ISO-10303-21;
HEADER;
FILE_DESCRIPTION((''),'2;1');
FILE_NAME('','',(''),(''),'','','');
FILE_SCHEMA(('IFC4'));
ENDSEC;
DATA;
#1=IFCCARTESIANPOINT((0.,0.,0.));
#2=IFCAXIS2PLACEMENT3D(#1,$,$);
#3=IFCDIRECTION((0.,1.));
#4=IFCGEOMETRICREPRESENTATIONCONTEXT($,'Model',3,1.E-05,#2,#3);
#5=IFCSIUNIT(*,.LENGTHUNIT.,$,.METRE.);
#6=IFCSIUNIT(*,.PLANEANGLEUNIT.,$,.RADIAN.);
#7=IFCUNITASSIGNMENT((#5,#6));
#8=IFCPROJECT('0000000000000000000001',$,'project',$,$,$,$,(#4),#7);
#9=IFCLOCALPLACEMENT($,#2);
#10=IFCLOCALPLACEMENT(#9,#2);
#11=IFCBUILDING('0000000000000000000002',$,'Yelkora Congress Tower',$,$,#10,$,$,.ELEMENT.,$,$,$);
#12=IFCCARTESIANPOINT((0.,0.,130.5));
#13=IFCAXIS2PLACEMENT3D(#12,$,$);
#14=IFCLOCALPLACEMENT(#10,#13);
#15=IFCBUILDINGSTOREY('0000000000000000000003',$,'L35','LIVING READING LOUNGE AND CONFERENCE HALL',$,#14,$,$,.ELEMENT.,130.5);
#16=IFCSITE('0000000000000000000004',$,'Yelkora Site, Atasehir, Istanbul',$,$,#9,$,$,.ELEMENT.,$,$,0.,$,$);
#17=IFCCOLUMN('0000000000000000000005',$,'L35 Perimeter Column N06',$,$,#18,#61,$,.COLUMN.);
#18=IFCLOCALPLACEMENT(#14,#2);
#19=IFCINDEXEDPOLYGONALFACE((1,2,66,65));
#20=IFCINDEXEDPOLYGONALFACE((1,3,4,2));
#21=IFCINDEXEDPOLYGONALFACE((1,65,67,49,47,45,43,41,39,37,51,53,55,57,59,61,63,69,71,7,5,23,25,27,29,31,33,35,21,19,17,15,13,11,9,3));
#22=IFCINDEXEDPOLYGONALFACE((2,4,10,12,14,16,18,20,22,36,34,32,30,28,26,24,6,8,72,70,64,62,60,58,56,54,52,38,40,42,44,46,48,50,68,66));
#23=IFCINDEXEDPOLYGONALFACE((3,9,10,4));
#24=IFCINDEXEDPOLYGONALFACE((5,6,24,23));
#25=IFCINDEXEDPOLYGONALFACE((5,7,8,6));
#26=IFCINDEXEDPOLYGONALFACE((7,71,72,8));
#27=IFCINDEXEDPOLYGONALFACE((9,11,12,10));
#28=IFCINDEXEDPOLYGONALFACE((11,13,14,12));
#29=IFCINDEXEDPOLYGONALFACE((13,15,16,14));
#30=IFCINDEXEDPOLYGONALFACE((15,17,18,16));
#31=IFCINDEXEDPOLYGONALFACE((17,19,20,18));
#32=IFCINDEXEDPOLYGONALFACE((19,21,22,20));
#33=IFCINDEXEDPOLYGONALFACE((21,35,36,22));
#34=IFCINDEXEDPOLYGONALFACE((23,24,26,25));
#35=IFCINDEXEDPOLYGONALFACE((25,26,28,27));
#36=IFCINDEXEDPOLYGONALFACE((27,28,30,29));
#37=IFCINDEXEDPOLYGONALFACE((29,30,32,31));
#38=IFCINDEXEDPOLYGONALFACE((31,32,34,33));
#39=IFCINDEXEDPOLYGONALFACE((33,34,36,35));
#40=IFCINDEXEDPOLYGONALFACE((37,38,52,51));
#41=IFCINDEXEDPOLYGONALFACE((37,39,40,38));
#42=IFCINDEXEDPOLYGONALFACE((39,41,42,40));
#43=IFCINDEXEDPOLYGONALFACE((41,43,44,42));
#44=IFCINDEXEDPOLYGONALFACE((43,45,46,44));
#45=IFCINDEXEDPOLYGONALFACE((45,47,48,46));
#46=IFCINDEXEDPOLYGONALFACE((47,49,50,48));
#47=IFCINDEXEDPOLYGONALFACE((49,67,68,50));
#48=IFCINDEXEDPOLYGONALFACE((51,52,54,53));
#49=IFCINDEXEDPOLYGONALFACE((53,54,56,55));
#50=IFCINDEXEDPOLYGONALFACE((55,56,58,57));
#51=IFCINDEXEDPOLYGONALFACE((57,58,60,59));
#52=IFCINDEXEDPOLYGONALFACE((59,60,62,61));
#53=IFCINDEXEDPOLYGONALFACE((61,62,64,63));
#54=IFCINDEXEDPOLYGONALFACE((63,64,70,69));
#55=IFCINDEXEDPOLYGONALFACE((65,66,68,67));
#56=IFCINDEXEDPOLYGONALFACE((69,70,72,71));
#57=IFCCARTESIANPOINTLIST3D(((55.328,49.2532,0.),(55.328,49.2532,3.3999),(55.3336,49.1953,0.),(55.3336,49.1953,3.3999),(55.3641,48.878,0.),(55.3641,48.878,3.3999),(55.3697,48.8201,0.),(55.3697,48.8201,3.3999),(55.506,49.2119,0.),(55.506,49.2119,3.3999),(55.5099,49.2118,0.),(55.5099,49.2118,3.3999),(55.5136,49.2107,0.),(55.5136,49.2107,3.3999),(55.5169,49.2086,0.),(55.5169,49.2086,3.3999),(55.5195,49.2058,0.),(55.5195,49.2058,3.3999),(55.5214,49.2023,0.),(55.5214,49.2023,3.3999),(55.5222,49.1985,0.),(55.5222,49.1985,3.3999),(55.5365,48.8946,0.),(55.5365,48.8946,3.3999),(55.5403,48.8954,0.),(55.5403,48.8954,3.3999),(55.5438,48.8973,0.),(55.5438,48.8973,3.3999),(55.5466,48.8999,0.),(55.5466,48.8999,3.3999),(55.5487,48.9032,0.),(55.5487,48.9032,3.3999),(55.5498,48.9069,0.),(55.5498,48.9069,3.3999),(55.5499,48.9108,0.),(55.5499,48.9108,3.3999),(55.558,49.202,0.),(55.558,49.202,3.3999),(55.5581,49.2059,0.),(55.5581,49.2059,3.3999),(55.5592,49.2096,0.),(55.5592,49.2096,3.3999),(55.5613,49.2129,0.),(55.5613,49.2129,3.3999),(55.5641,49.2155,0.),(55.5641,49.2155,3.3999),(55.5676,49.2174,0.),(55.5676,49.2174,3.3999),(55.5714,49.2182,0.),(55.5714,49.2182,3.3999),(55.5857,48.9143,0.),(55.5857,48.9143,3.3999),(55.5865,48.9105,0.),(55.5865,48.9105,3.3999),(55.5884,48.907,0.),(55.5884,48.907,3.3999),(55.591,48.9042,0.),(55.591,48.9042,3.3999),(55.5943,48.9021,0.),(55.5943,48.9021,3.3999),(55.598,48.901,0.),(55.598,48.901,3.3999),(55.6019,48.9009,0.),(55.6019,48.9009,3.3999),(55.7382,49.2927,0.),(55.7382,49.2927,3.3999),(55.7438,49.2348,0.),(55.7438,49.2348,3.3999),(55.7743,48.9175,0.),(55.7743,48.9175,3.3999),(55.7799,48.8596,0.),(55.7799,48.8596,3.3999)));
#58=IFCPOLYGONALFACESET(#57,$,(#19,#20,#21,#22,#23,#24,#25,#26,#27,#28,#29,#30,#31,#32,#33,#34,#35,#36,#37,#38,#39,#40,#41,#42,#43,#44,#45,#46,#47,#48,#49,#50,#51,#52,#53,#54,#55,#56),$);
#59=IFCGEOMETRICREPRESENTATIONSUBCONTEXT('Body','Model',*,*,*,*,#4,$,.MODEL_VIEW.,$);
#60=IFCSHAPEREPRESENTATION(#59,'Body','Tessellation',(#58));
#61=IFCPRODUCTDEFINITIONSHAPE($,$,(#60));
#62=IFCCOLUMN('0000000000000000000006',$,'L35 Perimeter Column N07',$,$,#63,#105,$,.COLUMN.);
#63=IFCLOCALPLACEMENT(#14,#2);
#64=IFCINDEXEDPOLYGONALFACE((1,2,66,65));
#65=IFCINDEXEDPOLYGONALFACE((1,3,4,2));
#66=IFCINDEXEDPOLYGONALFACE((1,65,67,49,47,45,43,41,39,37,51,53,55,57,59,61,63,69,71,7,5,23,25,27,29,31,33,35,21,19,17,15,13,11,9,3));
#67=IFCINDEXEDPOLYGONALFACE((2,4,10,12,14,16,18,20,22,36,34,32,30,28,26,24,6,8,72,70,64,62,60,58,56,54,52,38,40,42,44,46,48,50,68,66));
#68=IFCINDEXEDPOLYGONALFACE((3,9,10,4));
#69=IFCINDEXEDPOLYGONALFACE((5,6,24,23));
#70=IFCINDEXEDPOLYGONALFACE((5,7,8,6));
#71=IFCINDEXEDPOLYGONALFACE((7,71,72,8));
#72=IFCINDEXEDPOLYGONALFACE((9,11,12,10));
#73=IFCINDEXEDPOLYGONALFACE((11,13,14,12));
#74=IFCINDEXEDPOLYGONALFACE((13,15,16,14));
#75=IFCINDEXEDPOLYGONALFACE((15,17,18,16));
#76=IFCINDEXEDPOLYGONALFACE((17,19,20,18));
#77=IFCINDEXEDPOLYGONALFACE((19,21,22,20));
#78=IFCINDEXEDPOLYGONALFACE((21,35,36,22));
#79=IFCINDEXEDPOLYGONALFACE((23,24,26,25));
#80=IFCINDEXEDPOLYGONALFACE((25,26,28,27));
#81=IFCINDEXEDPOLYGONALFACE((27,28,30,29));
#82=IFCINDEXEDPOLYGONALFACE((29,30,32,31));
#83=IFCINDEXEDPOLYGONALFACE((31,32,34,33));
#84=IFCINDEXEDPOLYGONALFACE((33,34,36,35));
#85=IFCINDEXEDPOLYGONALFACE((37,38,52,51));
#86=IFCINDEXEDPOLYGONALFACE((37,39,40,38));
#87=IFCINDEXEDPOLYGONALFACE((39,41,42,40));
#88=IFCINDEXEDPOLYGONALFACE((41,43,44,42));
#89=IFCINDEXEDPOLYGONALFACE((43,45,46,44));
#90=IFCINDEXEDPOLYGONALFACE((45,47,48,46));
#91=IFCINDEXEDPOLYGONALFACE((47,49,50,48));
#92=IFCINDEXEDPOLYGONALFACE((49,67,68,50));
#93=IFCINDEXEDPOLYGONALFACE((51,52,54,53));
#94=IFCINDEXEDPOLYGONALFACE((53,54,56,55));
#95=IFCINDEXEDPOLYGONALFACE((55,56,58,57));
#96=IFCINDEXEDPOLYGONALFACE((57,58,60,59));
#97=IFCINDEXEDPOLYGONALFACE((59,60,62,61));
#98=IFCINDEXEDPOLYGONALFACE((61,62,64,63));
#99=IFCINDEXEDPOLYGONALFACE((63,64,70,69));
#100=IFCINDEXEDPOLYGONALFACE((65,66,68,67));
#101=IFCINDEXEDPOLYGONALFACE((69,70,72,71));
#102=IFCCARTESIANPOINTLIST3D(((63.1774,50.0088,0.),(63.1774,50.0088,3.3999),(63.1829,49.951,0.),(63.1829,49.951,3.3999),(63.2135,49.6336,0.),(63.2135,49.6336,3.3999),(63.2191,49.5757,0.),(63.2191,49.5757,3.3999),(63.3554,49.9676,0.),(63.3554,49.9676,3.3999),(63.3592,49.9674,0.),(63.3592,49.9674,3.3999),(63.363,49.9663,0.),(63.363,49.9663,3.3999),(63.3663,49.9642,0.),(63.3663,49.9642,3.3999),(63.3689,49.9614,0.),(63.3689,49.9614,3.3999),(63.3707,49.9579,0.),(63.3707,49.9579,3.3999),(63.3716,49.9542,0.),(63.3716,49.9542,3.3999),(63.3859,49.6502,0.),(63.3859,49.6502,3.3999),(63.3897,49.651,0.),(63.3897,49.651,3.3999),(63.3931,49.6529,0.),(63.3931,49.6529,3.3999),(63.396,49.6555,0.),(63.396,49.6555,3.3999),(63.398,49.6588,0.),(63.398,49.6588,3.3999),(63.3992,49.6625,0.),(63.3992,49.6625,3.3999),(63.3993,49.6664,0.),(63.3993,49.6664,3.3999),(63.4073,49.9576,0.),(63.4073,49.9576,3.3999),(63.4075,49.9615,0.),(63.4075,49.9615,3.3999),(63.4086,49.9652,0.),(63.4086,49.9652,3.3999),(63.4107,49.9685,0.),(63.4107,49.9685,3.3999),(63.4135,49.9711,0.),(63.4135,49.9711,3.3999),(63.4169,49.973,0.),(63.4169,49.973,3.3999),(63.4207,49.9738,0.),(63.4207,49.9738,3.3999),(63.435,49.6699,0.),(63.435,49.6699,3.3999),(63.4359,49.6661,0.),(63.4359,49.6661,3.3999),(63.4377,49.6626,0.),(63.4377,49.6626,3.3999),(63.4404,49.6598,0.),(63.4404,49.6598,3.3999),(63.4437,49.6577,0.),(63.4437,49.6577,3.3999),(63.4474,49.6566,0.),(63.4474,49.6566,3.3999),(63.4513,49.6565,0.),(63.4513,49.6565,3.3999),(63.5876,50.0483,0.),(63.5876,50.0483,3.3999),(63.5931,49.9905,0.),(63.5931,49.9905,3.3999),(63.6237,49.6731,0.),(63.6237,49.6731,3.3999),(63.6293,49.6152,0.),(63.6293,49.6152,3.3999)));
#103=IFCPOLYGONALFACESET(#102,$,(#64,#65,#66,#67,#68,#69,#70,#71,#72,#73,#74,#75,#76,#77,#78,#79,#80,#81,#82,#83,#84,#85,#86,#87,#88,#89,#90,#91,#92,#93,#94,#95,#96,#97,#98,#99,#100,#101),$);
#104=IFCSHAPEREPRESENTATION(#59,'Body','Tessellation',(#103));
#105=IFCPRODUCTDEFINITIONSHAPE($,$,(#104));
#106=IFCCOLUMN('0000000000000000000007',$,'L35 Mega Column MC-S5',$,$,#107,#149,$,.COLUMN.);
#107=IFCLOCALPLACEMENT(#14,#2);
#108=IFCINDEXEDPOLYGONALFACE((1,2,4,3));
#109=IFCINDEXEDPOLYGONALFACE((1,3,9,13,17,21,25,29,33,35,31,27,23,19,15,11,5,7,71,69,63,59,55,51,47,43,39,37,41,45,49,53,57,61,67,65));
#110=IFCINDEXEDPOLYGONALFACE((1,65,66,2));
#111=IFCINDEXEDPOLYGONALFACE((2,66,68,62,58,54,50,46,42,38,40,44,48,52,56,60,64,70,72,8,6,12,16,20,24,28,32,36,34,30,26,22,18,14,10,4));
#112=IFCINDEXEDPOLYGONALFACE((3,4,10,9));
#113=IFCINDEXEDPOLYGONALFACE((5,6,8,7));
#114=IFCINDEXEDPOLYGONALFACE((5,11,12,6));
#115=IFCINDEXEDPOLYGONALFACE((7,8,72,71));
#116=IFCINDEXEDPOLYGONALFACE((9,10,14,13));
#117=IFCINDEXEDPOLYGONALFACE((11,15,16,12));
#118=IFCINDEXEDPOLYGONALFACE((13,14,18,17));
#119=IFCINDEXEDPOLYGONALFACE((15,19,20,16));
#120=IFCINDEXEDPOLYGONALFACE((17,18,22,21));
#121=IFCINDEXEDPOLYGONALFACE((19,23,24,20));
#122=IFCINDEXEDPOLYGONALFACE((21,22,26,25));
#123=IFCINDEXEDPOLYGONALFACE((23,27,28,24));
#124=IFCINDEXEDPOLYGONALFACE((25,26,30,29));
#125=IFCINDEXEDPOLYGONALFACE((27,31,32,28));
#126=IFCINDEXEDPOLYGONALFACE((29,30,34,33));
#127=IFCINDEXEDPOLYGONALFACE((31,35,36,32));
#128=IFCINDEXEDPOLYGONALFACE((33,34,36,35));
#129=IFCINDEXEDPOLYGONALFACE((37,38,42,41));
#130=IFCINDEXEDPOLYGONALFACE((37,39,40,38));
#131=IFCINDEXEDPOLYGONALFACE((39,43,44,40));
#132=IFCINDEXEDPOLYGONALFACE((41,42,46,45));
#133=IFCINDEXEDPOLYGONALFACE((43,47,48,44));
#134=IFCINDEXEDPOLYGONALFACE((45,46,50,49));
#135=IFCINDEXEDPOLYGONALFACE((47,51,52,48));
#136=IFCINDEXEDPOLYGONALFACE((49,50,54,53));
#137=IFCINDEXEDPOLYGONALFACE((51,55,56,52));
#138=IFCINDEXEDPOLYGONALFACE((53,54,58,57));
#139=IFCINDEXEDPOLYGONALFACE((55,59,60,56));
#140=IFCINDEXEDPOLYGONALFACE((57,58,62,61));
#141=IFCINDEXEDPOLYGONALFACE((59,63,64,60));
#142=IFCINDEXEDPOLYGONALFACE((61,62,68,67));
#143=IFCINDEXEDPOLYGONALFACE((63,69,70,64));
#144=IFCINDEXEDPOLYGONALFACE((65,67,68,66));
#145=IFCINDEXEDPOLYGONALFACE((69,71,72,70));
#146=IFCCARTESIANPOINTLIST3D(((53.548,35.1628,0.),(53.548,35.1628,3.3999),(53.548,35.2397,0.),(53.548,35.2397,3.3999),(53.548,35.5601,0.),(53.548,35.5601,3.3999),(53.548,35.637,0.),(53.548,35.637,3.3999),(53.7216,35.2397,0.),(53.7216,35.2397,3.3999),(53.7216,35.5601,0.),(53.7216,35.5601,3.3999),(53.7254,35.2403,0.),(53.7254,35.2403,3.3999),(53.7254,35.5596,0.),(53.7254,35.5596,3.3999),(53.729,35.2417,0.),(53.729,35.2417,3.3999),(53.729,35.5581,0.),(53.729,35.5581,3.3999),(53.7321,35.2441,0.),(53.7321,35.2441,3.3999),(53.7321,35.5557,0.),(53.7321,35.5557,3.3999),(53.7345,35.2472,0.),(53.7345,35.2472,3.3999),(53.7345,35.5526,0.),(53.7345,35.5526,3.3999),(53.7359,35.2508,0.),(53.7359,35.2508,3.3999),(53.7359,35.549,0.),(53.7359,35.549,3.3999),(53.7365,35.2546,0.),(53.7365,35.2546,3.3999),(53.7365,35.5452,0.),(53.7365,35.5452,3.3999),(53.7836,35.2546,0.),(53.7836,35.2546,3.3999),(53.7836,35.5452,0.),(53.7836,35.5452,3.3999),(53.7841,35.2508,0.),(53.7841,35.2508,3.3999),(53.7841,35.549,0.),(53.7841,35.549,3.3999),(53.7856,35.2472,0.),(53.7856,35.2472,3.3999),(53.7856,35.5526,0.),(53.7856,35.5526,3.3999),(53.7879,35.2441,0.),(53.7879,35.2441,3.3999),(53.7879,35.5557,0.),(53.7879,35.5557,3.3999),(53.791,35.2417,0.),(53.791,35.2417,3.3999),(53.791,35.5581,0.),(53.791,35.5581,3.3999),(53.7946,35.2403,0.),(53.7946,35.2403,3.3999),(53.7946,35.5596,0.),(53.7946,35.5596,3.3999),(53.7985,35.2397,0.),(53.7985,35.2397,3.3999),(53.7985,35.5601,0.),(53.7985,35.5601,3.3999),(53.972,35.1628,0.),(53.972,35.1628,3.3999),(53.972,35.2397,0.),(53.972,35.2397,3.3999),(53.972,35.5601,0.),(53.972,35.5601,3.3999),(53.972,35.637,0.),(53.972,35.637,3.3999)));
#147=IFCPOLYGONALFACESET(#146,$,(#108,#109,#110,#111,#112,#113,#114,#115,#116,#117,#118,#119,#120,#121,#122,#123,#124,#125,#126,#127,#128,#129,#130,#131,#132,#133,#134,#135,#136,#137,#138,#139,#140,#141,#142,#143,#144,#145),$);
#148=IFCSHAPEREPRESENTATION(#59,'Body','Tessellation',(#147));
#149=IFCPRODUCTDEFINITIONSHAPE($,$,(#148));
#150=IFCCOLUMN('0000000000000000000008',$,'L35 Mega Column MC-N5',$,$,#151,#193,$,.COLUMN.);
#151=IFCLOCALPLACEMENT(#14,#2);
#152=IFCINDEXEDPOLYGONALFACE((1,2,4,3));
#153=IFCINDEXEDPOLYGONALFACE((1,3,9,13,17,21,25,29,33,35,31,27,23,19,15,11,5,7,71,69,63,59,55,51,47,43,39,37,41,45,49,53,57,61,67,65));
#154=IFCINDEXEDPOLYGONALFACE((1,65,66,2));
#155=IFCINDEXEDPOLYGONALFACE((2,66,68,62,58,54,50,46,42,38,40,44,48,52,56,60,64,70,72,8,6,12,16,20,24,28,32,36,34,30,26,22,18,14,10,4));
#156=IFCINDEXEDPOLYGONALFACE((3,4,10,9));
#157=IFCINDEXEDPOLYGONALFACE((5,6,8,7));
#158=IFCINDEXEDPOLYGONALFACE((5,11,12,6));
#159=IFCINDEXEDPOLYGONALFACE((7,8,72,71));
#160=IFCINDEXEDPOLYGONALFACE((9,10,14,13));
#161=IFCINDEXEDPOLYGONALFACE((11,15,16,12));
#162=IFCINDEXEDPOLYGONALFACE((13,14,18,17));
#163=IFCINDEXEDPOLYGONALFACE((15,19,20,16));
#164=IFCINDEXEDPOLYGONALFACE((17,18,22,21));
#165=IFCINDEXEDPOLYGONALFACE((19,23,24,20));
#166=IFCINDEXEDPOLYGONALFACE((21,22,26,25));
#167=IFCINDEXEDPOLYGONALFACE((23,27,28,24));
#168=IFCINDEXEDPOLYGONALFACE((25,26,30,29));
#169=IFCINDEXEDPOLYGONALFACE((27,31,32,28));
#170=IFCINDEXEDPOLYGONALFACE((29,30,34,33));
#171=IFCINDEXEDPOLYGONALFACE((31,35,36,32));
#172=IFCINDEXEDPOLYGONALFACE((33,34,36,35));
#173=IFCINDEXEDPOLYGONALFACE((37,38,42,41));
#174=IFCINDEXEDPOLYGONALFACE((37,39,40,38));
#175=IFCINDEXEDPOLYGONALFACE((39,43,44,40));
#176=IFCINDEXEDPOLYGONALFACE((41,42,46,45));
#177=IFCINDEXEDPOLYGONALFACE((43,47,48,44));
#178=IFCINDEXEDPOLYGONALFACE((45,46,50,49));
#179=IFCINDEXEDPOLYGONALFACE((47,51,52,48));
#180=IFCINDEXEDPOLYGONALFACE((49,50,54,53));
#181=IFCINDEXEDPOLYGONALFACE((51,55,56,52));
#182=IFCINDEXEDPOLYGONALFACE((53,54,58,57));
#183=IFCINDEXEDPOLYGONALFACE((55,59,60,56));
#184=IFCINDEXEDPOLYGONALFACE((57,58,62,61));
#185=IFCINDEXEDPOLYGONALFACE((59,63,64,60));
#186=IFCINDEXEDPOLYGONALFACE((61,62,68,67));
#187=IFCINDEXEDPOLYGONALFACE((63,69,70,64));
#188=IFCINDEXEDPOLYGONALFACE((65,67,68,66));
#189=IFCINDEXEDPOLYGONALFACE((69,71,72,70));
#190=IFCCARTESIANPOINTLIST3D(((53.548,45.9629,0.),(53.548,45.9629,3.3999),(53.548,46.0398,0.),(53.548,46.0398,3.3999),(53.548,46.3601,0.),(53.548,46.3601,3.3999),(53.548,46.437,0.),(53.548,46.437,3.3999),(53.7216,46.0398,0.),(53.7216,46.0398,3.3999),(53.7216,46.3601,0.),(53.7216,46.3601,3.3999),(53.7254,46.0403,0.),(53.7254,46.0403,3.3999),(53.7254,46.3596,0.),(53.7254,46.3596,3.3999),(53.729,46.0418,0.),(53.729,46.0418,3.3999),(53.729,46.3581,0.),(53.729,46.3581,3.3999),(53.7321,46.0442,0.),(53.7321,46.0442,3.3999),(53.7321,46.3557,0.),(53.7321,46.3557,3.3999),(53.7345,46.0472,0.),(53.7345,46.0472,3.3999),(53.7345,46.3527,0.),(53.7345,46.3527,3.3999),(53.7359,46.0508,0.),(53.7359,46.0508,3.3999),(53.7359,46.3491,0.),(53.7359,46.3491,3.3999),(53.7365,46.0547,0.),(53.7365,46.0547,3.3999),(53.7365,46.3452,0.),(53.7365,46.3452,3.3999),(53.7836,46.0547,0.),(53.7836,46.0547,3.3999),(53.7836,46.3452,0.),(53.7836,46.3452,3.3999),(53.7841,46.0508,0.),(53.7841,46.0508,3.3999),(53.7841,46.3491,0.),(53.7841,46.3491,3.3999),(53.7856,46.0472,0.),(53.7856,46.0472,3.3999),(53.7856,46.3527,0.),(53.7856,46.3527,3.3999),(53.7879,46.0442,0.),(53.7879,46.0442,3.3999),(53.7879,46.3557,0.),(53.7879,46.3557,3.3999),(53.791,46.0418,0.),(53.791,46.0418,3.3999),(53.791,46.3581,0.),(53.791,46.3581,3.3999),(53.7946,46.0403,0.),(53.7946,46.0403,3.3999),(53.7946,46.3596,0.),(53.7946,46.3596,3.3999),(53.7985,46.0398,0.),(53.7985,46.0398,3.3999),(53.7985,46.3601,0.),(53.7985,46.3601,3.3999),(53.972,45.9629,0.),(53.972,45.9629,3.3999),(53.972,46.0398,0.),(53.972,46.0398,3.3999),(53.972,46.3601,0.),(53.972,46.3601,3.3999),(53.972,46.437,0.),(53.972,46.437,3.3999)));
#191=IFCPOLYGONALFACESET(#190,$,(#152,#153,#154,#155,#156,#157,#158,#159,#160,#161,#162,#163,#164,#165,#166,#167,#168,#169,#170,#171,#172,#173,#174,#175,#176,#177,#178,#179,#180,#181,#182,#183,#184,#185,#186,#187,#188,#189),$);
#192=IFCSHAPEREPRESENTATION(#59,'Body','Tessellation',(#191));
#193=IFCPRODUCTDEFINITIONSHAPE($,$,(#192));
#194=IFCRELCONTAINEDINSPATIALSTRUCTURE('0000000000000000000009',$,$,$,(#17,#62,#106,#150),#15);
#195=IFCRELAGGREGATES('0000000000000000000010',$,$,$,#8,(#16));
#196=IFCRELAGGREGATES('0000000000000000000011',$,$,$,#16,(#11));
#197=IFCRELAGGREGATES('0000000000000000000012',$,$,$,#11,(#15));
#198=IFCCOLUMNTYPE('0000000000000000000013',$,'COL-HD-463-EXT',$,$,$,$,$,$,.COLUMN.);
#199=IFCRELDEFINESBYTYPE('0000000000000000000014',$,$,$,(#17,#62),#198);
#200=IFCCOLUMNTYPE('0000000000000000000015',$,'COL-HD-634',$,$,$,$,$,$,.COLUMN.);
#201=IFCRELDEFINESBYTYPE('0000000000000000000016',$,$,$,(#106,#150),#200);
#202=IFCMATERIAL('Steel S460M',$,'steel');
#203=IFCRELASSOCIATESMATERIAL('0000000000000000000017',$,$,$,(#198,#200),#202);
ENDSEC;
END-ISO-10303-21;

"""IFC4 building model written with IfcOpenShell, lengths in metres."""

from ifc_helpers import new_model, si_unit, direction, frame, origin, origin_2d, place, context, subcontext, project, spatial, i_section, extrude, material, material_profile, profile_set, type_object, element, save


model = new_model("IFC4")

# Units and contexts
model_context = context("Model", 3, precision=1e-05, world=origin(), true_north=direction((0.0, 1.0)))
body_context = subcontext(model_context, "Body", "Model", "MODEL_VIEW")
ifc_project = project(units=[si_unit("LENGTHUNIT", "METRE"), si_unit("PLANEANGLEUNIT", "RADIAN")], contexts=[model_context])

# Site, building, storey
site_placement = place(None, origin())
site = spatial("IfcSite", under=ifc_project, at=site_placement, Name="Yelkora Site, Atasehir, Istanbul", CompositionType="ELEMENT", RefElevation=0.0)
building_placement = place(site_placement, origin())
building = spatial("IfcBuilding", under=site, at=building_placement, Name="Yelkora Congress Tower", CompositionType="ELEMENT")
storey_placement = place(building_placement, frame((0.0, 0.0, 130.5)))
storey = spatial("IfcBuildingStorey", under=building, at=storey_placement, Name="L35", Description="LIVING READING LOUNGE AND CONFERENCE HALL", CompositionType="ELEMENT", Elevation=130.5)

# Columns
ifc_material_1 = material(Name="Steel S460M", Category="steel")
ifc_material_profile_1 = material_profile(ifc_material_1, i_section(OverallWidth=0.4121, OverallDepth=0.4351, WebThickness=0.0359, FlangeThickness=0.0581, FilletRadius=0.0149, at=origin_2d()), Name="HD 400x463")
ifc_profile_set_1 = profile_set([ifc_material_profile_1], Name="Steel S460M")
column_type_1 = type_object("IfcColumnType", Name="COL-HD-463-EXT", PredefinedType="COLUMN", material=ifc_profile_set_1)
for number, where, z_axis, x_axis, name in (
    (1, (55.554, 49.0564, 0.0), (0.0, 0.0, 1.0), (0.995396, 0.095846, 0.0), "L35 Perimeter Column N06"),
    (2, (63.4033, 49.812, 0.0), (0.0, 0.0, 1.0), (0.995396, 0.095846, 0.0), "L35 Perimeter Column N07"),
):
    element("IfcColumn", number, at=place(storey_placement, frame(where, z_axis=z_axis, x_axis=x_axis)), inside=storey, type_object=column_type_1, Name=name, PredefinedType="COLUMN", context=body_context, shape_type="SweptSolid", body=[
        extrude(i_section(OverallWidth=0.4121, OverallDepth=0.4351, WebThickness=0.0359, FlangeThickness=0.0581, FilletRadius=0.0149, at=origin_2d()), origin(), (0.0, 0.0, 1.0), 3.3999),
    ])
ifc_material_profile_2 = material_profile(ifc_material_1, i_section(OverallWidth=0.4241, OverallDepth=0.4741, WebThickness=0.0471, FlangeThickness=0.0769, FilletRadius=0.0149, at=origin_2d()), Name="HD 400x634")
ifc_profile_set_2 = profile_set([ifc_material_profile_2], Name="Steel S460M")
column_type_2 = type_object("IfcColumnType", Name="COL-HD-634", PredefinedType="COLUMN", material=ifc_profile_set_2)
for number, where, z_axis, x_axis, name in (
    (3, (53.76, 35.3999, 0.0), (0.0, 0.0, 1.0), (1.0, 0.0, 0.0), "L35 Mega Column MC-S5"),
    (4, (53.76, 46.2, 0.0), (0.0, 0.0, 1.0), (1.0, 0.0, 0.0), "L35 Mega Column MC-N5"),
):
    element("IfcColumn", number, at=place(storey_placement, frame(where, z_axis=z_axis, x_axis=x_axis)), inside=storey, type_object=column_type_2, Name=name, PredefinedType="COLUMN", context=body_context, shape_type="SweptSolid", body=[
        extrude(i_section(OverallWidth=0.4241, OverallDepth=0.4741, WebThickness=0.0471, FlangeThickness=0.0769, FilletRadius=0.0149, at=origin_2d()), origin(), (0.0, 0.0, 1.0), 3.3999),
    ])

save(model, "model.ifc")
